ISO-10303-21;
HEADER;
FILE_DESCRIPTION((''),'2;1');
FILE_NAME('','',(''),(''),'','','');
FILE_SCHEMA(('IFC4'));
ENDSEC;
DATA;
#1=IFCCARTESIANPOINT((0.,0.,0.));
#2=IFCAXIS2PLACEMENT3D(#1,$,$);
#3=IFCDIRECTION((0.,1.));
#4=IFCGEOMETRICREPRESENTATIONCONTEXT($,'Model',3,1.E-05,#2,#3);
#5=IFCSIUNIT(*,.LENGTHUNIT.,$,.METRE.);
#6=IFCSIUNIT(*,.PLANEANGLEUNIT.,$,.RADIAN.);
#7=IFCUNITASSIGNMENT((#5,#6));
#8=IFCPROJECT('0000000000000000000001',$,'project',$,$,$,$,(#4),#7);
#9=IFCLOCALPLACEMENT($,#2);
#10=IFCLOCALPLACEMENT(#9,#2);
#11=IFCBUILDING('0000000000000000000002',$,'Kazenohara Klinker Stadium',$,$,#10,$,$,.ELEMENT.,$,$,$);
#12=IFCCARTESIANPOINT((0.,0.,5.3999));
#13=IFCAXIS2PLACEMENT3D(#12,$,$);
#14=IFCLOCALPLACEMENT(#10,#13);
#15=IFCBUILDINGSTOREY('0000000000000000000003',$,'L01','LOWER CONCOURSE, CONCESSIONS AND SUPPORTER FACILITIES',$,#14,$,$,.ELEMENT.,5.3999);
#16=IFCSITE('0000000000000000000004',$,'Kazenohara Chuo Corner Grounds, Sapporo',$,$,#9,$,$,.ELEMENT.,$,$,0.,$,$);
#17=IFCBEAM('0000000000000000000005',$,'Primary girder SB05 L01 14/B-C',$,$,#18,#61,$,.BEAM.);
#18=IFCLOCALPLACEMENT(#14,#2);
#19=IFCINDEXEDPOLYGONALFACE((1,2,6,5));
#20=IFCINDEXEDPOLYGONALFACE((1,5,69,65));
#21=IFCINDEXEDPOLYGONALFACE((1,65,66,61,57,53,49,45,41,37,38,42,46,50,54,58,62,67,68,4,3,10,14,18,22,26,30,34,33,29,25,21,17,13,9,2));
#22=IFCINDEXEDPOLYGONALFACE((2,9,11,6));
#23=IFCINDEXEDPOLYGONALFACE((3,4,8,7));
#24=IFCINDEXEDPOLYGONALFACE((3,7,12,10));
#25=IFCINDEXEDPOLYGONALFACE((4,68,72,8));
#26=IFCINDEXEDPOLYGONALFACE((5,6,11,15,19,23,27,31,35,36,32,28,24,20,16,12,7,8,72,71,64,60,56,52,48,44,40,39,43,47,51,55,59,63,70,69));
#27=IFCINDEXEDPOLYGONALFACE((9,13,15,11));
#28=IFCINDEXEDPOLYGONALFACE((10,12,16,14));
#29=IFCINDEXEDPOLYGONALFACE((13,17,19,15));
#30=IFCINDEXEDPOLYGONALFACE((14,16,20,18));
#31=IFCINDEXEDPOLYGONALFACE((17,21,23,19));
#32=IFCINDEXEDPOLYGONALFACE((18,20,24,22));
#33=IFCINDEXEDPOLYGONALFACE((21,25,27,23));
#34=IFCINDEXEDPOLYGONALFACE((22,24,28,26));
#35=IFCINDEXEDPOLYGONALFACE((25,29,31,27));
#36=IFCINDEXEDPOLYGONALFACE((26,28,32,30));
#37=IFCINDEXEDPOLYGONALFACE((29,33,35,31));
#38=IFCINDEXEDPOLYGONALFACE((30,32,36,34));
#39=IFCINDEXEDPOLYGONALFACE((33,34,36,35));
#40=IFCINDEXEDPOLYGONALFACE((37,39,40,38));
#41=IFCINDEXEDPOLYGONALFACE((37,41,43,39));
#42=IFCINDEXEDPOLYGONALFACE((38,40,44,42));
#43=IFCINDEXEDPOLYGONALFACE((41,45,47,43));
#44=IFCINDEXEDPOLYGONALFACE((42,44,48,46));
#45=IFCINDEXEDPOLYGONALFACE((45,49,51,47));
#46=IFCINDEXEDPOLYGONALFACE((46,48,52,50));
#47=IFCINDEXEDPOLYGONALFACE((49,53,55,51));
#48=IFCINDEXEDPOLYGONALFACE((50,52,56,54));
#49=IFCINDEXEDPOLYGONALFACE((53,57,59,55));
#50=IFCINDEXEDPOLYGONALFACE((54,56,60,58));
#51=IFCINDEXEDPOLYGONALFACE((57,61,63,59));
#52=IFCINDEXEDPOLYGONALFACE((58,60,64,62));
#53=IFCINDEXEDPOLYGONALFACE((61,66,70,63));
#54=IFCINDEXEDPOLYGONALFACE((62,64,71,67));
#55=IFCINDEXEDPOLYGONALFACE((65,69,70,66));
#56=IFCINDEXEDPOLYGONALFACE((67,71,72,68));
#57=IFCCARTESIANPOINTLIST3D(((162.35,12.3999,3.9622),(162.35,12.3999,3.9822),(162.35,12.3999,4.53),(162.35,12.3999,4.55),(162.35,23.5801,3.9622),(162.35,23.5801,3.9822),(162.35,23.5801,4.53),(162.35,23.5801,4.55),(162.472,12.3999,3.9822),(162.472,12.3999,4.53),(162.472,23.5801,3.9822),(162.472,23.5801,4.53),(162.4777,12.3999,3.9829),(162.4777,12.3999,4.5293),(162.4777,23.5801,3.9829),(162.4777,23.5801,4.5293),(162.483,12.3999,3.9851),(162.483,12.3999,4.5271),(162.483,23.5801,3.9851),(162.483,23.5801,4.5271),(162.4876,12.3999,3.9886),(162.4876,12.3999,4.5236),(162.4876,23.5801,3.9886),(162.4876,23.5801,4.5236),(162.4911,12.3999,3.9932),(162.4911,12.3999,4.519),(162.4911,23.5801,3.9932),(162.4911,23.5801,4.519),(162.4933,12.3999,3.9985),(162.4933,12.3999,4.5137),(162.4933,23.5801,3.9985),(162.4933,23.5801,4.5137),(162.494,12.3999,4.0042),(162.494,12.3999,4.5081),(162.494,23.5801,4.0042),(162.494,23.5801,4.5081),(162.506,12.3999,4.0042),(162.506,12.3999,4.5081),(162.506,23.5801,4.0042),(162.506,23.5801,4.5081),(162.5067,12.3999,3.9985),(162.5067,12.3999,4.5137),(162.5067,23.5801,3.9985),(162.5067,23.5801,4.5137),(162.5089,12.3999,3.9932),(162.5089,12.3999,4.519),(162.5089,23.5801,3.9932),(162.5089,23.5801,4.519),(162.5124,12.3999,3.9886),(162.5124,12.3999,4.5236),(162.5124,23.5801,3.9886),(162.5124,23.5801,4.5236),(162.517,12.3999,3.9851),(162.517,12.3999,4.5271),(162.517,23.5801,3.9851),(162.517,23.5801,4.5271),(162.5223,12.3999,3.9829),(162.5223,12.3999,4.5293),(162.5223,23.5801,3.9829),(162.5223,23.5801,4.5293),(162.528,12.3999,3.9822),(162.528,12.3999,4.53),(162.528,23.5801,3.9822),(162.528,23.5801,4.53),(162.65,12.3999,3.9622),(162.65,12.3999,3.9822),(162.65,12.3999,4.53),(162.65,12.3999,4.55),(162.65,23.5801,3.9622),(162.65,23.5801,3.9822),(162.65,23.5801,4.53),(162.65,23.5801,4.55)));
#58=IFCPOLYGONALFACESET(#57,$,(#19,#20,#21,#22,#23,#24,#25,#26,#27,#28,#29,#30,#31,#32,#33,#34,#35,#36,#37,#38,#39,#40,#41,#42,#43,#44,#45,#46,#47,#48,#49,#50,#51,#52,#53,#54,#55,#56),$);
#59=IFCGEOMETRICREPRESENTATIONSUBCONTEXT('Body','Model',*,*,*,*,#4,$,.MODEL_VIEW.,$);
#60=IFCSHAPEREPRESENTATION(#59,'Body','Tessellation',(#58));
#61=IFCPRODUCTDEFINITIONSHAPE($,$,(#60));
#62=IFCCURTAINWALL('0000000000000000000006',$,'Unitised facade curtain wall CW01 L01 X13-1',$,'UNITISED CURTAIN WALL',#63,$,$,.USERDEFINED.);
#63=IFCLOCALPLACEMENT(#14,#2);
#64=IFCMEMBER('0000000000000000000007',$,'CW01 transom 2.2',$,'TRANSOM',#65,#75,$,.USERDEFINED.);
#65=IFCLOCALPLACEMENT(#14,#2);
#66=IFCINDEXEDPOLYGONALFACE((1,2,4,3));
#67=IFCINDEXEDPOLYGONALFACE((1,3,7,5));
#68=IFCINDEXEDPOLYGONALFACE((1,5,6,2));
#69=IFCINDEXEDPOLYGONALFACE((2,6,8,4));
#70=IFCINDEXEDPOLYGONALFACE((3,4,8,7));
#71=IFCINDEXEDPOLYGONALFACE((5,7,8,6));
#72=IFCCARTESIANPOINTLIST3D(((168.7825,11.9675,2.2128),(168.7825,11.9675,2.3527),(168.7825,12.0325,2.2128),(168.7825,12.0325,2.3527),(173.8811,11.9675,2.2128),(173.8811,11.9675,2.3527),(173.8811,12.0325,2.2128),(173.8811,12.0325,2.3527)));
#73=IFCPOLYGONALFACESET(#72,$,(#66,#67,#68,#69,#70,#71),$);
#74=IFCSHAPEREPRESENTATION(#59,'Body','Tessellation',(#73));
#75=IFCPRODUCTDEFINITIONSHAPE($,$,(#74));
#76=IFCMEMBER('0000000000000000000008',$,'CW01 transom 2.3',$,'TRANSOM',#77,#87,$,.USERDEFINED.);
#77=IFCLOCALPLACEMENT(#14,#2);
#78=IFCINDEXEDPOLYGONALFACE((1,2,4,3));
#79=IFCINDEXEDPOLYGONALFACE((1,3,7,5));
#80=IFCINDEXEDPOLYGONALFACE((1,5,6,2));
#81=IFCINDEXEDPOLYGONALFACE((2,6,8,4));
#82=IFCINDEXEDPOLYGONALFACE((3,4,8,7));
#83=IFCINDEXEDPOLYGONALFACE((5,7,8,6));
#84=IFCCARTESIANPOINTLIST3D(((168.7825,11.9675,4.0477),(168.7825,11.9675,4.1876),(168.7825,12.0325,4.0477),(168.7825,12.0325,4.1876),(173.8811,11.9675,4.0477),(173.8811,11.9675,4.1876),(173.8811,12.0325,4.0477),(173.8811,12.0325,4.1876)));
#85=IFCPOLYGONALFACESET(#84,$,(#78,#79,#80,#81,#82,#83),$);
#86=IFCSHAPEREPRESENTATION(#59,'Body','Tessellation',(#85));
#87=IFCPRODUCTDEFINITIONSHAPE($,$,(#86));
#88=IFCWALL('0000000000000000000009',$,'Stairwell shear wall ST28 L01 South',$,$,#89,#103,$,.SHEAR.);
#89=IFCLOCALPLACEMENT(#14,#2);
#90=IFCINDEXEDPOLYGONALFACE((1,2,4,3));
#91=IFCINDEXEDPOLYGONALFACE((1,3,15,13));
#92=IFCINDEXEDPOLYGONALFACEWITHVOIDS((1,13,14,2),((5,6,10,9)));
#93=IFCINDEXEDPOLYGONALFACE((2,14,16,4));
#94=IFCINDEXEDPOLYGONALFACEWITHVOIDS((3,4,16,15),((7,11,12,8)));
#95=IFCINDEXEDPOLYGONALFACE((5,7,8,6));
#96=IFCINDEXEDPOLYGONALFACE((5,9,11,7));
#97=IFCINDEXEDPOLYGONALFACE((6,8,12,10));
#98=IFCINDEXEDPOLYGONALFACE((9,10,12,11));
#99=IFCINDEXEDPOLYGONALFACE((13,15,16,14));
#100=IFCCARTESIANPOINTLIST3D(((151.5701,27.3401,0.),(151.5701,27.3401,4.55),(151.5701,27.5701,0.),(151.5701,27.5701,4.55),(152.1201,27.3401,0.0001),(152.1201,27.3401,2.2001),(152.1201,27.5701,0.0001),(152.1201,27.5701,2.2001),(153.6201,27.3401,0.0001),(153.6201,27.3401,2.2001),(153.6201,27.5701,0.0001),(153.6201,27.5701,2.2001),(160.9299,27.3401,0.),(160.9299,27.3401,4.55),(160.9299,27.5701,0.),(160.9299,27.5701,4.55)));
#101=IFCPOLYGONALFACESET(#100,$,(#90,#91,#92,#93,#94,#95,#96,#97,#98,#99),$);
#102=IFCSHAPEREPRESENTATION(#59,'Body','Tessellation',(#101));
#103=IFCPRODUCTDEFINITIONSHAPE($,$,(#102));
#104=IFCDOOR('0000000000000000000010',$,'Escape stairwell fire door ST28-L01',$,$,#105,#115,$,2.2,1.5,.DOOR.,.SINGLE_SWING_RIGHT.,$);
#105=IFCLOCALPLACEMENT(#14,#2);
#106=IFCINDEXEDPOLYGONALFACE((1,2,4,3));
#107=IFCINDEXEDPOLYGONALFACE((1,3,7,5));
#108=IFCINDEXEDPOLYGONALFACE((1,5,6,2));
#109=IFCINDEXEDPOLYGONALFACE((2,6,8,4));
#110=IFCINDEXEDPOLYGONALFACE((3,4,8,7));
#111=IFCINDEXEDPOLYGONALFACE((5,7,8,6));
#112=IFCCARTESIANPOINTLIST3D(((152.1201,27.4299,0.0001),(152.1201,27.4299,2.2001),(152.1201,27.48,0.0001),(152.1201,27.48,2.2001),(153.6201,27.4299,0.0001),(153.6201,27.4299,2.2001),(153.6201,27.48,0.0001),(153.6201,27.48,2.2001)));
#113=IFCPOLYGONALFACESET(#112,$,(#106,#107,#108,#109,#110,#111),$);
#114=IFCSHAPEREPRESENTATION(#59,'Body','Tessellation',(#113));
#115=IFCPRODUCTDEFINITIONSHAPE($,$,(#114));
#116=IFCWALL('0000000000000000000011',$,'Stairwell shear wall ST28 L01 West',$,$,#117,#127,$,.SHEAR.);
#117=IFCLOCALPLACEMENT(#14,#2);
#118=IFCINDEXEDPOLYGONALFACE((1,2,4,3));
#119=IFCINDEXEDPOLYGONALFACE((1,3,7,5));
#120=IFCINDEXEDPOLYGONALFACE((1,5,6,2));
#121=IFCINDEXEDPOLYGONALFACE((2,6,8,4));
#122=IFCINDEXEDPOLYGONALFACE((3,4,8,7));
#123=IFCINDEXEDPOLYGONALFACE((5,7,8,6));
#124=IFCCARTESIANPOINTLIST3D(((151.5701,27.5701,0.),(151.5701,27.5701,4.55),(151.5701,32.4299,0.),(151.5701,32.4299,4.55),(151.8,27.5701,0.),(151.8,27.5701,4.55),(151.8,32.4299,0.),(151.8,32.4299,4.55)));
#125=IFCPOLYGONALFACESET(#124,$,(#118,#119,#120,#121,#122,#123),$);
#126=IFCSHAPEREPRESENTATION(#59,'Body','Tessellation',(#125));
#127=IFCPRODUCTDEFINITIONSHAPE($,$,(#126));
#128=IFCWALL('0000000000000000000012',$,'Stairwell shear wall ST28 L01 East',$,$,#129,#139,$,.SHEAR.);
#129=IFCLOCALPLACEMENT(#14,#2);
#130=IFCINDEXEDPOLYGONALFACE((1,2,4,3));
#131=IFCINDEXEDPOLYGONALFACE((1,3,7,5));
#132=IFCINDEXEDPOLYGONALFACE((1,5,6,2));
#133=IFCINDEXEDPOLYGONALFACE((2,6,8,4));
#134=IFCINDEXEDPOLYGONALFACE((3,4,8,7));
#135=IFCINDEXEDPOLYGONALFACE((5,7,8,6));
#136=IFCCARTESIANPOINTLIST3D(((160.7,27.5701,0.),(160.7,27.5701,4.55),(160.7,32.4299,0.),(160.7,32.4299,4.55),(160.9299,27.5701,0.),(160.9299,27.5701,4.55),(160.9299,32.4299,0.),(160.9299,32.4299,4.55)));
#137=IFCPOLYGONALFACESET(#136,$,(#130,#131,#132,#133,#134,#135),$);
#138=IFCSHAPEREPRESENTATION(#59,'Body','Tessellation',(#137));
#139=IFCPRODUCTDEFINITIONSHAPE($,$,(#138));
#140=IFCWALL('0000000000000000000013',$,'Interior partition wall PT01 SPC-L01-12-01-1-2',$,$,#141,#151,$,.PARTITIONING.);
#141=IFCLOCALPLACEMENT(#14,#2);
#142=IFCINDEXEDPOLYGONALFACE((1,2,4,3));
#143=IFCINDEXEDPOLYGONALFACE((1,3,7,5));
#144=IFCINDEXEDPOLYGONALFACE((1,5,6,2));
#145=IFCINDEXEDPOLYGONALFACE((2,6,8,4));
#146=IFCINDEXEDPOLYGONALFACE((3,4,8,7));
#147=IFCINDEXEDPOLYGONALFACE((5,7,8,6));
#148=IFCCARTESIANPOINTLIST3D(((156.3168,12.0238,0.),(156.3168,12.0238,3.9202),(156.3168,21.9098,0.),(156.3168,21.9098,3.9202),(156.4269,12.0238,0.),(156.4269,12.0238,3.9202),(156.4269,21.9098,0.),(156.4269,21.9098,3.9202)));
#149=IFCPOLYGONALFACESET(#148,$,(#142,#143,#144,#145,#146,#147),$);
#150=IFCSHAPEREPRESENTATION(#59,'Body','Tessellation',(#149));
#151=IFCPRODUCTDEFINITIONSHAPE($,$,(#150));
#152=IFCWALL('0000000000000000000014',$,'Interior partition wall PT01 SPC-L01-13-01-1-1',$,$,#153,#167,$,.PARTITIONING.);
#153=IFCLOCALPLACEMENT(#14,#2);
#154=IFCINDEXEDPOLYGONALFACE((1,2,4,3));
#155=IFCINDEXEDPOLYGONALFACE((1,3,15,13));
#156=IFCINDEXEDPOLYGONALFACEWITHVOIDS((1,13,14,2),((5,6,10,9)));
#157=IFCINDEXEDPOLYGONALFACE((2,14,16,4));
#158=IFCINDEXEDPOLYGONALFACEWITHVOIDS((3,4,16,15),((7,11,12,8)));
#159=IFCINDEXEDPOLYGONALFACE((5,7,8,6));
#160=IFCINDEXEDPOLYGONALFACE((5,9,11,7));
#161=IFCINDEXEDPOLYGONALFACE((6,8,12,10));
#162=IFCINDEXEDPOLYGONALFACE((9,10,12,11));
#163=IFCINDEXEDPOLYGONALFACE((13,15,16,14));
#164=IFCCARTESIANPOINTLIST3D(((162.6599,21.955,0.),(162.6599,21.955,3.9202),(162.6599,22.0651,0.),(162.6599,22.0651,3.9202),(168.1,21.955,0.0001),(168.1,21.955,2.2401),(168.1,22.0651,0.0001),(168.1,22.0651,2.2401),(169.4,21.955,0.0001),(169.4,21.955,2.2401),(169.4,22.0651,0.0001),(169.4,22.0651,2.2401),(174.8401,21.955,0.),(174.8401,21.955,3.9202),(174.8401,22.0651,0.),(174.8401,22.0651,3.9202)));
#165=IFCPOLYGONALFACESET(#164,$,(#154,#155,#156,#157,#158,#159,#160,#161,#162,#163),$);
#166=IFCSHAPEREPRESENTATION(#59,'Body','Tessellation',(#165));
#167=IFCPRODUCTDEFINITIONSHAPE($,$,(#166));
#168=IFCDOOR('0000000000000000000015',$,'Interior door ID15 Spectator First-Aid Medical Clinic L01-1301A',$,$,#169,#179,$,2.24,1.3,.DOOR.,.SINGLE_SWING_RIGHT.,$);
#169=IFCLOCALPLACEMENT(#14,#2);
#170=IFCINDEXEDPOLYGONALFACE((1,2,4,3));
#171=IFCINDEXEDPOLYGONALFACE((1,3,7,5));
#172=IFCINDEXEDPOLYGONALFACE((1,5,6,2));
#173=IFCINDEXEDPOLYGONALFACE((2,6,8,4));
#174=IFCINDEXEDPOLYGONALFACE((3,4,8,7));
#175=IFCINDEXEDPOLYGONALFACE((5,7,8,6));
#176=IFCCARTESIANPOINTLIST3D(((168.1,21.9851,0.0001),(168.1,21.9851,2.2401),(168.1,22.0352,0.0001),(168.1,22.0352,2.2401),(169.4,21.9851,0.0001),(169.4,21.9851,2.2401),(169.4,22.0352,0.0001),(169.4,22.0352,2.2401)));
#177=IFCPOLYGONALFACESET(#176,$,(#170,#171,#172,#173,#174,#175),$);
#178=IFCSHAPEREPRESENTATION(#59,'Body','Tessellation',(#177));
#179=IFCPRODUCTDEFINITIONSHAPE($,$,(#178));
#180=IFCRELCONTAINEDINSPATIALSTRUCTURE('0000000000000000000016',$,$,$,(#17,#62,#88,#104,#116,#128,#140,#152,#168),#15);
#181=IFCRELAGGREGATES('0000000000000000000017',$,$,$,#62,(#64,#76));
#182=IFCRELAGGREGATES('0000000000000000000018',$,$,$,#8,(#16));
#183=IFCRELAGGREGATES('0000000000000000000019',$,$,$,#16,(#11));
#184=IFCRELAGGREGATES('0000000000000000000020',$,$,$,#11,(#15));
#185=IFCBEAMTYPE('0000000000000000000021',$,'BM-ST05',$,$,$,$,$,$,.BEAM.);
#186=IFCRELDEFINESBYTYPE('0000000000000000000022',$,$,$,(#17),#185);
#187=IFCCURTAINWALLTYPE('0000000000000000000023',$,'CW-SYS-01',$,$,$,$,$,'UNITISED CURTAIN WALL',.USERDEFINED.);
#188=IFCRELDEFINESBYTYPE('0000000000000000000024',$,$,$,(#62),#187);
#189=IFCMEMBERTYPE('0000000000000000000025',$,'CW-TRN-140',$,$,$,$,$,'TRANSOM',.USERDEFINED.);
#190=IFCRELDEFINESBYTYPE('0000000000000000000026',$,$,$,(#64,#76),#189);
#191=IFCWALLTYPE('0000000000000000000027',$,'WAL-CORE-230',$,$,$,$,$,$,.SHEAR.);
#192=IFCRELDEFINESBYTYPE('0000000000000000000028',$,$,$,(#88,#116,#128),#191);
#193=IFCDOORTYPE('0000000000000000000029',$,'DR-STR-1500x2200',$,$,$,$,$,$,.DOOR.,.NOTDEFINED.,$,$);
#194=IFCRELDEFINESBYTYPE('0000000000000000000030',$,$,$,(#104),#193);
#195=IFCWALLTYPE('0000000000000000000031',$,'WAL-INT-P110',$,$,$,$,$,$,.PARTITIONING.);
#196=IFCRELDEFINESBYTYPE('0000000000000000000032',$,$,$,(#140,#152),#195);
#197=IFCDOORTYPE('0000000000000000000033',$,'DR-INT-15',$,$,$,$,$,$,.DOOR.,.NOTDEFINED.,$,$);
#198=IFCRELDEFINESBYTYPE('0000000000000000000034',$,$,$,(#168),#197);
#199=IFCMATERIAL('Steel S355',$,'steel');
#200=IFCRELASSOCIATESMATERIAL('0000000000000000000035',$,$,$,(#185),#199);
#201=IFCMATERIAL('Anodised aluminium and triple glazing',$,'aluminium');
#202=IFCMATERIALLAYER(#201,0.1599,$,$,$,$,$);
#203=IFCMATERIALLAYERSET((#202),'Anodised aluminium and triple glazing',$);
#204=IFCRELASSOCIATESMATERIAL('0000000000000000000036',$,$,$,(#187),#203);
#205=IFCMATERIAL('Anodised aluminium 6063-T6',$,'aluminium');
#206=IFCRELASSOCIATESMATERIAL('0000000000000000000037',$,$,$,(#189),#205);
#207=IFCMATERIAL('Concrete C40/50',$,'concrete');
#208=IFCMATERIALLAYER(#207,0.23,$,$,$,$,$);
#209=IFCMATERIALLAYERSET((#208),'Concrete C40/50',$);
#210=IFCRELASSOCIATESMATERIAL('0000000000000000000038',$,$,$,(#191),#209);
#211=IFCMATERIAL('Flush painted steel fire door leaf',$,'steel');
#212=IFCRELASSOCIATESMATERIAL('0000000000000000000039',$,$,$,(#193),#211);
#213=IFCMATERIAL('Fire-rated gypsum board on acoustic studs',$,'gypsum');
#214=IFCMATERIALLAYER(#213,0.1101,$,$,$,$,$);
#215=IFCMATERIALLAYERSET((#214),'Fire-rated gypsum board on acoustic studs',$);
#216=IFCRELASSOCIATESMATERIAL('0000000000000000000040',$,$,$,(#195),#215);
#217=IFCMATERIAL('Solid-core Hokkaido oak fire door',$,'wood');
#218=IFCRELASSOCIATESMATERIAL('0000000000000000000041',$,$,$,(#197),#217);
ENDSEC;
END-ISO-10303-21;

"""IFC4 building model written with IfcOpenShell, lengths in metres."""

from ifc_helpers import new_model, si_unit, direction, frame, frame_2d, origin, origin_2d, place, context, subcontext, project, spatial, rectangle, i_section, extrude, material, layer, layer_set, material_profile, profile_set, type_object, element, fill, aggregate, save


model = new_model("IFC4")

# Units and contexts
model_context = context("Model", 3, precision=1e-05, world=origin(), true_north=direction((0.0, 1.0)))
body_context = subcontext(model_context, "Body", "Model", "MODEL_VIEW")
ifc_project = project(units=[si_unit("LENGTHUNIT", "METRE"), si_unit("PLANEANGLEUNIT", "RADIAN")], contexts=[model_context])

# Site, building, storey
site_placement = place(None, origin())
site = spatial("IfcSite", under=ifc_project, at=site_placement, Name="Kazenohara Chuo Corner Grounds, Sapporo", CompositionType="ELEMENT", RefElevation=0.0)
building_placement = place(site_placement, origin())
building = spatial("IfcBuilding", under=site, at=building_placement, Name="Kazenohara Klinker Stadium", CompositionType="ELEMENT")
storey_placement = place(building_placement, frame((0.0, 0.0, 5.3999)))
storey = spatial("IfcBuildingStorey", under=building, at=storey_placement, Name="L01", Description="LOWER CONCOURSE, CONCESSIONS AND SUPPORTER FACILITIES", CompositionType="ELEMENT", Elevation=5.3999)

# Shared definitions
ifc_material_1 = material(Name="Concrete C40/50", Category="concrete")

# Beam
ifc_material_2 = material(Name="Steel S355", Category="steel")
ifc_material_profile_1 = material_profile(ifc_material_2, i_section(OverallWidth=0.3, OverallDepth=0.5879, WebThickness=0.012, FlangeThickness=0.02, FilletRadius=0.022, at=origin_2d()), Name="H-588x300x12x20")
ifc_profile_set_1 = profile_set([ifc_material_profile_1], Name="Steel S355")
beam_type_1 = type_object("IfcBeamType", Name="BM-ST05", PredefinedType="BEAM", material=ifc_profile_set_1)
beam_1_placement = place(storey_placement, frame((162.5, 12.3999, 4.2561), z_axis=(0.0, 1.0, 0.0), x_axis=(-1.0, 0.0, 0.0)))
element("IfcBeam", 1, at=beam_1_placement, inside=storey, type_object=beam_type_1, Name="Primary girder SB05 L01 14/B-C", PredefinedType="BEAM", context=body_context, shape_type="SweptSolid", body=[
    extrude(i_section(OverallWidth=0.3, OverallDepth=0.5879, WebThickness=0.012, FlangeThickness=0.02, FilletRadius=0.022, at=origin_2d()), origin(), (0.0, 0.0, 1.0), 11.1802),
])

# Curtain wall, members
ifc_material_3 = material(Name="Anodised aluminium and triple glazing", Category="aluminium")
ifc_layer_1 = layer(ifc_material_3, 0.1599)
ifc_layer_set_1 = layer_set([ifc_layer_1], Name="Anodised aluminium and triple glazing")
curtain_wall_type = type_object("IfcCurtainWallType", Name="CW-SYS-01", ElementType="UNITISED CURTAIN WALL", PredefinedType="USERDEFINED", material=ifc_layer_set_1)
curtain_wall_placement = place(storey_placement, origin())
curtain_wall = element("IfcCurtainWall", 2, at=curtain_wall_placement, inside=storey, type_object=curtain_wall_type, Name="Unitised facade curtain wall CW01 L01 X13-1", ObjectType="UNITISED CURTAIN WALL", PredefinedType="USERDEFINED")
ifc_material_4 = material(Name="Anodised aluminium 6063-T6", Category="aluminium")
ifc_material_profile_2 = material_profile(ifc_material_4, rectangle(XDim=0.0649, YDim=0.1399, at=origin_2d()), Name="ALU-TRN-65x140")
ifc_profile_set_2 = profile_set([ifc_material_profile_2], Name="Anodised aluminium 6063-T6")
member_type = type_object("IfcMemberType", Name="CW-TRN-140", ElementType="TRANSOM", PredefinedType="USERDEFINED", material=ifc_profile_set_2)
member_1_placement = place(storey_placement, frame((168.7825, 12.0, 2.2827), z_axis=(1.0, 0.0, 0.0), x_axis=(0.0, 1.0, 0.0)))
member_1 = element("IfcMember", 3, at=member_1_placement, type_object=member_type, Name="CW01 transom 2.2", ObjectType="TRANSOM", PredefinedType="USERDEFINED", context=body_context, shape_type="SweptSolid", body=[
    extrude(rectangle(XDim=0.0649, YDim=0.1399, at=origin_2d()), origin(), (0.0, 0.0, 1.0), 5.0986),
])
member_2_placement = place(storey_placement, frame((168.7825, 12.0, 4.1177), z_axis=(1.0, 0.0, 0.0), x_axis=(0.0, 1.0, 0.0)))
member_2 = element("IfcMember", 4, at=member_2_placement, type_object=member_type, Name="CW01 transom 2.3", ObjectType="TRANSOM", PredefinedType="USERDEFINED", context=body_context, shape_type="SweptSolid", body=[
    extrude(rectangle(XDim=0.0649, YDim=0.1399, at=origin_2d()), origin(), (0.0, 0.0, 1.0), 5.0986),
])
aggregate(curtain_wall, [member_1, member_2])

# Wall, opening, door
ifc_layer_2 = layer(ifc_material_1, 0.23)
ifc_layer_set_2 = layer_set([ifc_layer_2], Name="Concrete C40/50")
wall_type_1 = type_object("IfcWallType", Name="WAL-CORE-230", PredefinedType="SHEAR", material=ifc_layer_set_2)
wall_1_placement = place(storey_placement, frame((151.5701, 27.4551, 0.0), z_axis=(0.0, 0.0, 1.0), x_axis=(1.0, 0.0, 0.0)))
wall_1 = element("IfcWall", 5, at=wall_1_placement, inside=storey, type_object=wall_type_1, Name="Stairwell shear wall ST28 L01 South", PredefinedType="SHEAR", context=body_context, shape_type="SweptSolid", body=[
    extrude(rectangle(XDim=9.3599, YDim=0.23, at=frame_2d((4.6799, 0.0))), origin(), (0.0, 0.0, 1.0), 4.55),
])
opening_1_placement = place(wall_1_placement, frame((0.55, 0.0, 0.0)))
opening_1 = element("IfcOpeningElement", 6, at=opening_1_placement, cuts=wall_1, PredefinedType="OPENING", context=body_context, shape_type="SweptSolid", body=[
    extrude(rectangle(XDim=1.5, YDim=2.2, at=frame_2d((0.75, 1.1001))), frame((0.0, 0.125, 0.0), z_axis=(0.0, -1.0, 0.0), x_axis=(1.0, 0.0, 0.0)), (0.0, 0.0, 1.0), 0.25),
])
ifc_material_5 = material(Name="Flush painted steel fire door leaf", Category="steel")
door_type_1 = type_object("IfcDoorType", Name="DR-STR-1500x2200", OperationType="NOTDEFINED", PredefinedType="DOOR", material=ifc_material_5)
door_1_placement = place(opening_1_placement, origin())
door_1 = element("IfcDoor", 7, at=door_1_placement, inside=storey, type_object=door_type_1, Name="Escape stairwell fire door ST28-L01", OperationType="SINGLE_SWING_RIGHT", OverallHeight=2.2, OverallWidth=1.5, PredefinedType="DOOR", context=body_context, shape_type="SweptSolid", body=[
    extrude(rectangle(XDim=1.5, YDim=2.2, at=frame_2d((0.75, 1.1001))), frame((0.0, 0.0249, 0.0), z_axis=(0.0, -1.0, 0.0), x_axis=(1.0, 0.0, 0.0)), (0.0, 0.0, 1.0), 0.05),
])
fill(opening_1, door_1)

# Walls
for number, where, z_axis, x_axis, name in (
    (8, (151.6851, 27.5701, 0.0), (0.0, 0.0, 1.0), (0.0, 1.0, 0.0), "Stairwell shear wall ST28 L01 West"),
    (9, (160.8149, 27.5701, 0.0), (0.0, 0.0, 1.0), (0.0, 1.0, 0.0), "Stairwell shear wall ST28 L01 East"),
):
    element("IfcWall", number, at=place(storey_placement, frame(where, z_axis=z_axis, x_axis=x_axis)), inside=storey, type_object=wall_type_1, Name=name, PredefinedType="SHEAR", context=body_context, shape_type="SweptSolid", body=[
        extrude(rectangle(XDim=4.8599, YDim=0.23, at=frame_2d((2.4299, 0.0))), origin(), (0.0, 0.0, 1.0), 4.55),
    ])
ifc_material_6 = material(Name="Fire-rated gypsum board on acoustic studs", Category="gypsum")
ifc_layer_3 = layer(ifc_material_6, 0.1101)
ifc_layer_set_3 = layer_set([ifc_layer_3], Name="Fire-rated gypsum board on acoustic studs")
wall_type_2 = type_object("IfcWallType", Name="WAL-INT-P110", PredefinedType="PARTITIONING", material=ifc_layer_set_3)
wall_2_placement = place(storey_placement, frame((156.3718, 12.0239, 0.0), z_axis=(0.0, 0.0, 1.0), x_axis=(0.0, 1.0, 0.0)))
element("IfcWall", 10, at=wall_2_placement, inside=storey, type_object=wall_type_2, Name="Interior partition wall PT01 SPC-L01-12-01-1-2", PredefinedType="PARTITIONING", context=body_context, shape_type="SweptSolid", body=[
    extrude(rectangle(XDim=9.886, YDim=0.1101, at=frame_2d((4.9429, 0.0))), origin(), (0.0, 0.0, 1.0), 3.9202),
])

# Wall, opening, door
wall_3_placement = place(storey_placement, frame((162.6599, 22.01, 0.0), z_axis=(0.0, 0.0, 1.0), x_axis=(1.0, 0.0, 0.0)))
wall_3 = element("IfcWall", 11, at=wall_3_placement, inside=storey, type_object=wall_type_2, Name="Interior partition wall PT01 SPC-L01-13-01-1-1", PredefinedType="PARTITIONING", context=body_context, shape_type="SweptSolid", body=[
    extrude(rectangle(XDim=12.1802, YDim=0.1101, at=frame_2d((6.0901, 0.0))), origin(), (0.0, 0.0, 1.0), 3.9202),
])
opening_2_placement = place(wall_3_placement, frame((6.74, 0.0, 0.0), z_axis=(0.0, 0.0, 1.0), x_axis=(-1.0, 0.0, 0.0)))
opening_2 = element("IfcOpeningElement", 12, at=opening_2_placement, cuts=wall_3, PredefinedType="OPENING", context=body_context, shape_type="SweptSolid", body=[
    extrude(rectangle(XDim=1.3, YDim=2.24, at=frame_2d((0.6499, 1.1201))), frame((0.0, 0.0649, 0.0), z_axis=(0.0, -1.0, 0.0), x_axis=(1.0, 0.0, 0.0)), (0.0, 0.0, 1.0), 0.1301),
])
ifc_material_7 = material(Name="Solid-core Hokkaido oak fire door", Category="wood")
door_type_2 = type_object("IfcDoorType", Name="DR-INT-15", OperationType="NOTDEFINED", PredefinedType="DOOR", material=ifc_material_7)
door_2_placement = place(opening_2_placement, origin())
door_2 = element("IfcDoor", 13, at=door_2_placement, inside=storey, type_object=door_type_2, Name="Interior door ID15 Spectator First-Aid Medical Clinic L01-1301A", OperationType="SINGLE_SWING_RIGHT", OverallHeight=2.24, OverallWidth=1.3, PredefinedType="DOOR", context=body_context, shape_type="SweptSolid", body=[
    extrude(rectangle(XDim=1.3, YDim=2.24, at=frame_2d((0.6499, 1.1201))), frame((0.0, 0.0249, 0.0), z_axis=(0.0, -1.0, 0.0), x_axis=(1.0, 0.0, 0.0)), (0.0, 0.0, 1.0), 0.05),
])
fill(opening_2, door_2)

save(model, "model.ifc")
